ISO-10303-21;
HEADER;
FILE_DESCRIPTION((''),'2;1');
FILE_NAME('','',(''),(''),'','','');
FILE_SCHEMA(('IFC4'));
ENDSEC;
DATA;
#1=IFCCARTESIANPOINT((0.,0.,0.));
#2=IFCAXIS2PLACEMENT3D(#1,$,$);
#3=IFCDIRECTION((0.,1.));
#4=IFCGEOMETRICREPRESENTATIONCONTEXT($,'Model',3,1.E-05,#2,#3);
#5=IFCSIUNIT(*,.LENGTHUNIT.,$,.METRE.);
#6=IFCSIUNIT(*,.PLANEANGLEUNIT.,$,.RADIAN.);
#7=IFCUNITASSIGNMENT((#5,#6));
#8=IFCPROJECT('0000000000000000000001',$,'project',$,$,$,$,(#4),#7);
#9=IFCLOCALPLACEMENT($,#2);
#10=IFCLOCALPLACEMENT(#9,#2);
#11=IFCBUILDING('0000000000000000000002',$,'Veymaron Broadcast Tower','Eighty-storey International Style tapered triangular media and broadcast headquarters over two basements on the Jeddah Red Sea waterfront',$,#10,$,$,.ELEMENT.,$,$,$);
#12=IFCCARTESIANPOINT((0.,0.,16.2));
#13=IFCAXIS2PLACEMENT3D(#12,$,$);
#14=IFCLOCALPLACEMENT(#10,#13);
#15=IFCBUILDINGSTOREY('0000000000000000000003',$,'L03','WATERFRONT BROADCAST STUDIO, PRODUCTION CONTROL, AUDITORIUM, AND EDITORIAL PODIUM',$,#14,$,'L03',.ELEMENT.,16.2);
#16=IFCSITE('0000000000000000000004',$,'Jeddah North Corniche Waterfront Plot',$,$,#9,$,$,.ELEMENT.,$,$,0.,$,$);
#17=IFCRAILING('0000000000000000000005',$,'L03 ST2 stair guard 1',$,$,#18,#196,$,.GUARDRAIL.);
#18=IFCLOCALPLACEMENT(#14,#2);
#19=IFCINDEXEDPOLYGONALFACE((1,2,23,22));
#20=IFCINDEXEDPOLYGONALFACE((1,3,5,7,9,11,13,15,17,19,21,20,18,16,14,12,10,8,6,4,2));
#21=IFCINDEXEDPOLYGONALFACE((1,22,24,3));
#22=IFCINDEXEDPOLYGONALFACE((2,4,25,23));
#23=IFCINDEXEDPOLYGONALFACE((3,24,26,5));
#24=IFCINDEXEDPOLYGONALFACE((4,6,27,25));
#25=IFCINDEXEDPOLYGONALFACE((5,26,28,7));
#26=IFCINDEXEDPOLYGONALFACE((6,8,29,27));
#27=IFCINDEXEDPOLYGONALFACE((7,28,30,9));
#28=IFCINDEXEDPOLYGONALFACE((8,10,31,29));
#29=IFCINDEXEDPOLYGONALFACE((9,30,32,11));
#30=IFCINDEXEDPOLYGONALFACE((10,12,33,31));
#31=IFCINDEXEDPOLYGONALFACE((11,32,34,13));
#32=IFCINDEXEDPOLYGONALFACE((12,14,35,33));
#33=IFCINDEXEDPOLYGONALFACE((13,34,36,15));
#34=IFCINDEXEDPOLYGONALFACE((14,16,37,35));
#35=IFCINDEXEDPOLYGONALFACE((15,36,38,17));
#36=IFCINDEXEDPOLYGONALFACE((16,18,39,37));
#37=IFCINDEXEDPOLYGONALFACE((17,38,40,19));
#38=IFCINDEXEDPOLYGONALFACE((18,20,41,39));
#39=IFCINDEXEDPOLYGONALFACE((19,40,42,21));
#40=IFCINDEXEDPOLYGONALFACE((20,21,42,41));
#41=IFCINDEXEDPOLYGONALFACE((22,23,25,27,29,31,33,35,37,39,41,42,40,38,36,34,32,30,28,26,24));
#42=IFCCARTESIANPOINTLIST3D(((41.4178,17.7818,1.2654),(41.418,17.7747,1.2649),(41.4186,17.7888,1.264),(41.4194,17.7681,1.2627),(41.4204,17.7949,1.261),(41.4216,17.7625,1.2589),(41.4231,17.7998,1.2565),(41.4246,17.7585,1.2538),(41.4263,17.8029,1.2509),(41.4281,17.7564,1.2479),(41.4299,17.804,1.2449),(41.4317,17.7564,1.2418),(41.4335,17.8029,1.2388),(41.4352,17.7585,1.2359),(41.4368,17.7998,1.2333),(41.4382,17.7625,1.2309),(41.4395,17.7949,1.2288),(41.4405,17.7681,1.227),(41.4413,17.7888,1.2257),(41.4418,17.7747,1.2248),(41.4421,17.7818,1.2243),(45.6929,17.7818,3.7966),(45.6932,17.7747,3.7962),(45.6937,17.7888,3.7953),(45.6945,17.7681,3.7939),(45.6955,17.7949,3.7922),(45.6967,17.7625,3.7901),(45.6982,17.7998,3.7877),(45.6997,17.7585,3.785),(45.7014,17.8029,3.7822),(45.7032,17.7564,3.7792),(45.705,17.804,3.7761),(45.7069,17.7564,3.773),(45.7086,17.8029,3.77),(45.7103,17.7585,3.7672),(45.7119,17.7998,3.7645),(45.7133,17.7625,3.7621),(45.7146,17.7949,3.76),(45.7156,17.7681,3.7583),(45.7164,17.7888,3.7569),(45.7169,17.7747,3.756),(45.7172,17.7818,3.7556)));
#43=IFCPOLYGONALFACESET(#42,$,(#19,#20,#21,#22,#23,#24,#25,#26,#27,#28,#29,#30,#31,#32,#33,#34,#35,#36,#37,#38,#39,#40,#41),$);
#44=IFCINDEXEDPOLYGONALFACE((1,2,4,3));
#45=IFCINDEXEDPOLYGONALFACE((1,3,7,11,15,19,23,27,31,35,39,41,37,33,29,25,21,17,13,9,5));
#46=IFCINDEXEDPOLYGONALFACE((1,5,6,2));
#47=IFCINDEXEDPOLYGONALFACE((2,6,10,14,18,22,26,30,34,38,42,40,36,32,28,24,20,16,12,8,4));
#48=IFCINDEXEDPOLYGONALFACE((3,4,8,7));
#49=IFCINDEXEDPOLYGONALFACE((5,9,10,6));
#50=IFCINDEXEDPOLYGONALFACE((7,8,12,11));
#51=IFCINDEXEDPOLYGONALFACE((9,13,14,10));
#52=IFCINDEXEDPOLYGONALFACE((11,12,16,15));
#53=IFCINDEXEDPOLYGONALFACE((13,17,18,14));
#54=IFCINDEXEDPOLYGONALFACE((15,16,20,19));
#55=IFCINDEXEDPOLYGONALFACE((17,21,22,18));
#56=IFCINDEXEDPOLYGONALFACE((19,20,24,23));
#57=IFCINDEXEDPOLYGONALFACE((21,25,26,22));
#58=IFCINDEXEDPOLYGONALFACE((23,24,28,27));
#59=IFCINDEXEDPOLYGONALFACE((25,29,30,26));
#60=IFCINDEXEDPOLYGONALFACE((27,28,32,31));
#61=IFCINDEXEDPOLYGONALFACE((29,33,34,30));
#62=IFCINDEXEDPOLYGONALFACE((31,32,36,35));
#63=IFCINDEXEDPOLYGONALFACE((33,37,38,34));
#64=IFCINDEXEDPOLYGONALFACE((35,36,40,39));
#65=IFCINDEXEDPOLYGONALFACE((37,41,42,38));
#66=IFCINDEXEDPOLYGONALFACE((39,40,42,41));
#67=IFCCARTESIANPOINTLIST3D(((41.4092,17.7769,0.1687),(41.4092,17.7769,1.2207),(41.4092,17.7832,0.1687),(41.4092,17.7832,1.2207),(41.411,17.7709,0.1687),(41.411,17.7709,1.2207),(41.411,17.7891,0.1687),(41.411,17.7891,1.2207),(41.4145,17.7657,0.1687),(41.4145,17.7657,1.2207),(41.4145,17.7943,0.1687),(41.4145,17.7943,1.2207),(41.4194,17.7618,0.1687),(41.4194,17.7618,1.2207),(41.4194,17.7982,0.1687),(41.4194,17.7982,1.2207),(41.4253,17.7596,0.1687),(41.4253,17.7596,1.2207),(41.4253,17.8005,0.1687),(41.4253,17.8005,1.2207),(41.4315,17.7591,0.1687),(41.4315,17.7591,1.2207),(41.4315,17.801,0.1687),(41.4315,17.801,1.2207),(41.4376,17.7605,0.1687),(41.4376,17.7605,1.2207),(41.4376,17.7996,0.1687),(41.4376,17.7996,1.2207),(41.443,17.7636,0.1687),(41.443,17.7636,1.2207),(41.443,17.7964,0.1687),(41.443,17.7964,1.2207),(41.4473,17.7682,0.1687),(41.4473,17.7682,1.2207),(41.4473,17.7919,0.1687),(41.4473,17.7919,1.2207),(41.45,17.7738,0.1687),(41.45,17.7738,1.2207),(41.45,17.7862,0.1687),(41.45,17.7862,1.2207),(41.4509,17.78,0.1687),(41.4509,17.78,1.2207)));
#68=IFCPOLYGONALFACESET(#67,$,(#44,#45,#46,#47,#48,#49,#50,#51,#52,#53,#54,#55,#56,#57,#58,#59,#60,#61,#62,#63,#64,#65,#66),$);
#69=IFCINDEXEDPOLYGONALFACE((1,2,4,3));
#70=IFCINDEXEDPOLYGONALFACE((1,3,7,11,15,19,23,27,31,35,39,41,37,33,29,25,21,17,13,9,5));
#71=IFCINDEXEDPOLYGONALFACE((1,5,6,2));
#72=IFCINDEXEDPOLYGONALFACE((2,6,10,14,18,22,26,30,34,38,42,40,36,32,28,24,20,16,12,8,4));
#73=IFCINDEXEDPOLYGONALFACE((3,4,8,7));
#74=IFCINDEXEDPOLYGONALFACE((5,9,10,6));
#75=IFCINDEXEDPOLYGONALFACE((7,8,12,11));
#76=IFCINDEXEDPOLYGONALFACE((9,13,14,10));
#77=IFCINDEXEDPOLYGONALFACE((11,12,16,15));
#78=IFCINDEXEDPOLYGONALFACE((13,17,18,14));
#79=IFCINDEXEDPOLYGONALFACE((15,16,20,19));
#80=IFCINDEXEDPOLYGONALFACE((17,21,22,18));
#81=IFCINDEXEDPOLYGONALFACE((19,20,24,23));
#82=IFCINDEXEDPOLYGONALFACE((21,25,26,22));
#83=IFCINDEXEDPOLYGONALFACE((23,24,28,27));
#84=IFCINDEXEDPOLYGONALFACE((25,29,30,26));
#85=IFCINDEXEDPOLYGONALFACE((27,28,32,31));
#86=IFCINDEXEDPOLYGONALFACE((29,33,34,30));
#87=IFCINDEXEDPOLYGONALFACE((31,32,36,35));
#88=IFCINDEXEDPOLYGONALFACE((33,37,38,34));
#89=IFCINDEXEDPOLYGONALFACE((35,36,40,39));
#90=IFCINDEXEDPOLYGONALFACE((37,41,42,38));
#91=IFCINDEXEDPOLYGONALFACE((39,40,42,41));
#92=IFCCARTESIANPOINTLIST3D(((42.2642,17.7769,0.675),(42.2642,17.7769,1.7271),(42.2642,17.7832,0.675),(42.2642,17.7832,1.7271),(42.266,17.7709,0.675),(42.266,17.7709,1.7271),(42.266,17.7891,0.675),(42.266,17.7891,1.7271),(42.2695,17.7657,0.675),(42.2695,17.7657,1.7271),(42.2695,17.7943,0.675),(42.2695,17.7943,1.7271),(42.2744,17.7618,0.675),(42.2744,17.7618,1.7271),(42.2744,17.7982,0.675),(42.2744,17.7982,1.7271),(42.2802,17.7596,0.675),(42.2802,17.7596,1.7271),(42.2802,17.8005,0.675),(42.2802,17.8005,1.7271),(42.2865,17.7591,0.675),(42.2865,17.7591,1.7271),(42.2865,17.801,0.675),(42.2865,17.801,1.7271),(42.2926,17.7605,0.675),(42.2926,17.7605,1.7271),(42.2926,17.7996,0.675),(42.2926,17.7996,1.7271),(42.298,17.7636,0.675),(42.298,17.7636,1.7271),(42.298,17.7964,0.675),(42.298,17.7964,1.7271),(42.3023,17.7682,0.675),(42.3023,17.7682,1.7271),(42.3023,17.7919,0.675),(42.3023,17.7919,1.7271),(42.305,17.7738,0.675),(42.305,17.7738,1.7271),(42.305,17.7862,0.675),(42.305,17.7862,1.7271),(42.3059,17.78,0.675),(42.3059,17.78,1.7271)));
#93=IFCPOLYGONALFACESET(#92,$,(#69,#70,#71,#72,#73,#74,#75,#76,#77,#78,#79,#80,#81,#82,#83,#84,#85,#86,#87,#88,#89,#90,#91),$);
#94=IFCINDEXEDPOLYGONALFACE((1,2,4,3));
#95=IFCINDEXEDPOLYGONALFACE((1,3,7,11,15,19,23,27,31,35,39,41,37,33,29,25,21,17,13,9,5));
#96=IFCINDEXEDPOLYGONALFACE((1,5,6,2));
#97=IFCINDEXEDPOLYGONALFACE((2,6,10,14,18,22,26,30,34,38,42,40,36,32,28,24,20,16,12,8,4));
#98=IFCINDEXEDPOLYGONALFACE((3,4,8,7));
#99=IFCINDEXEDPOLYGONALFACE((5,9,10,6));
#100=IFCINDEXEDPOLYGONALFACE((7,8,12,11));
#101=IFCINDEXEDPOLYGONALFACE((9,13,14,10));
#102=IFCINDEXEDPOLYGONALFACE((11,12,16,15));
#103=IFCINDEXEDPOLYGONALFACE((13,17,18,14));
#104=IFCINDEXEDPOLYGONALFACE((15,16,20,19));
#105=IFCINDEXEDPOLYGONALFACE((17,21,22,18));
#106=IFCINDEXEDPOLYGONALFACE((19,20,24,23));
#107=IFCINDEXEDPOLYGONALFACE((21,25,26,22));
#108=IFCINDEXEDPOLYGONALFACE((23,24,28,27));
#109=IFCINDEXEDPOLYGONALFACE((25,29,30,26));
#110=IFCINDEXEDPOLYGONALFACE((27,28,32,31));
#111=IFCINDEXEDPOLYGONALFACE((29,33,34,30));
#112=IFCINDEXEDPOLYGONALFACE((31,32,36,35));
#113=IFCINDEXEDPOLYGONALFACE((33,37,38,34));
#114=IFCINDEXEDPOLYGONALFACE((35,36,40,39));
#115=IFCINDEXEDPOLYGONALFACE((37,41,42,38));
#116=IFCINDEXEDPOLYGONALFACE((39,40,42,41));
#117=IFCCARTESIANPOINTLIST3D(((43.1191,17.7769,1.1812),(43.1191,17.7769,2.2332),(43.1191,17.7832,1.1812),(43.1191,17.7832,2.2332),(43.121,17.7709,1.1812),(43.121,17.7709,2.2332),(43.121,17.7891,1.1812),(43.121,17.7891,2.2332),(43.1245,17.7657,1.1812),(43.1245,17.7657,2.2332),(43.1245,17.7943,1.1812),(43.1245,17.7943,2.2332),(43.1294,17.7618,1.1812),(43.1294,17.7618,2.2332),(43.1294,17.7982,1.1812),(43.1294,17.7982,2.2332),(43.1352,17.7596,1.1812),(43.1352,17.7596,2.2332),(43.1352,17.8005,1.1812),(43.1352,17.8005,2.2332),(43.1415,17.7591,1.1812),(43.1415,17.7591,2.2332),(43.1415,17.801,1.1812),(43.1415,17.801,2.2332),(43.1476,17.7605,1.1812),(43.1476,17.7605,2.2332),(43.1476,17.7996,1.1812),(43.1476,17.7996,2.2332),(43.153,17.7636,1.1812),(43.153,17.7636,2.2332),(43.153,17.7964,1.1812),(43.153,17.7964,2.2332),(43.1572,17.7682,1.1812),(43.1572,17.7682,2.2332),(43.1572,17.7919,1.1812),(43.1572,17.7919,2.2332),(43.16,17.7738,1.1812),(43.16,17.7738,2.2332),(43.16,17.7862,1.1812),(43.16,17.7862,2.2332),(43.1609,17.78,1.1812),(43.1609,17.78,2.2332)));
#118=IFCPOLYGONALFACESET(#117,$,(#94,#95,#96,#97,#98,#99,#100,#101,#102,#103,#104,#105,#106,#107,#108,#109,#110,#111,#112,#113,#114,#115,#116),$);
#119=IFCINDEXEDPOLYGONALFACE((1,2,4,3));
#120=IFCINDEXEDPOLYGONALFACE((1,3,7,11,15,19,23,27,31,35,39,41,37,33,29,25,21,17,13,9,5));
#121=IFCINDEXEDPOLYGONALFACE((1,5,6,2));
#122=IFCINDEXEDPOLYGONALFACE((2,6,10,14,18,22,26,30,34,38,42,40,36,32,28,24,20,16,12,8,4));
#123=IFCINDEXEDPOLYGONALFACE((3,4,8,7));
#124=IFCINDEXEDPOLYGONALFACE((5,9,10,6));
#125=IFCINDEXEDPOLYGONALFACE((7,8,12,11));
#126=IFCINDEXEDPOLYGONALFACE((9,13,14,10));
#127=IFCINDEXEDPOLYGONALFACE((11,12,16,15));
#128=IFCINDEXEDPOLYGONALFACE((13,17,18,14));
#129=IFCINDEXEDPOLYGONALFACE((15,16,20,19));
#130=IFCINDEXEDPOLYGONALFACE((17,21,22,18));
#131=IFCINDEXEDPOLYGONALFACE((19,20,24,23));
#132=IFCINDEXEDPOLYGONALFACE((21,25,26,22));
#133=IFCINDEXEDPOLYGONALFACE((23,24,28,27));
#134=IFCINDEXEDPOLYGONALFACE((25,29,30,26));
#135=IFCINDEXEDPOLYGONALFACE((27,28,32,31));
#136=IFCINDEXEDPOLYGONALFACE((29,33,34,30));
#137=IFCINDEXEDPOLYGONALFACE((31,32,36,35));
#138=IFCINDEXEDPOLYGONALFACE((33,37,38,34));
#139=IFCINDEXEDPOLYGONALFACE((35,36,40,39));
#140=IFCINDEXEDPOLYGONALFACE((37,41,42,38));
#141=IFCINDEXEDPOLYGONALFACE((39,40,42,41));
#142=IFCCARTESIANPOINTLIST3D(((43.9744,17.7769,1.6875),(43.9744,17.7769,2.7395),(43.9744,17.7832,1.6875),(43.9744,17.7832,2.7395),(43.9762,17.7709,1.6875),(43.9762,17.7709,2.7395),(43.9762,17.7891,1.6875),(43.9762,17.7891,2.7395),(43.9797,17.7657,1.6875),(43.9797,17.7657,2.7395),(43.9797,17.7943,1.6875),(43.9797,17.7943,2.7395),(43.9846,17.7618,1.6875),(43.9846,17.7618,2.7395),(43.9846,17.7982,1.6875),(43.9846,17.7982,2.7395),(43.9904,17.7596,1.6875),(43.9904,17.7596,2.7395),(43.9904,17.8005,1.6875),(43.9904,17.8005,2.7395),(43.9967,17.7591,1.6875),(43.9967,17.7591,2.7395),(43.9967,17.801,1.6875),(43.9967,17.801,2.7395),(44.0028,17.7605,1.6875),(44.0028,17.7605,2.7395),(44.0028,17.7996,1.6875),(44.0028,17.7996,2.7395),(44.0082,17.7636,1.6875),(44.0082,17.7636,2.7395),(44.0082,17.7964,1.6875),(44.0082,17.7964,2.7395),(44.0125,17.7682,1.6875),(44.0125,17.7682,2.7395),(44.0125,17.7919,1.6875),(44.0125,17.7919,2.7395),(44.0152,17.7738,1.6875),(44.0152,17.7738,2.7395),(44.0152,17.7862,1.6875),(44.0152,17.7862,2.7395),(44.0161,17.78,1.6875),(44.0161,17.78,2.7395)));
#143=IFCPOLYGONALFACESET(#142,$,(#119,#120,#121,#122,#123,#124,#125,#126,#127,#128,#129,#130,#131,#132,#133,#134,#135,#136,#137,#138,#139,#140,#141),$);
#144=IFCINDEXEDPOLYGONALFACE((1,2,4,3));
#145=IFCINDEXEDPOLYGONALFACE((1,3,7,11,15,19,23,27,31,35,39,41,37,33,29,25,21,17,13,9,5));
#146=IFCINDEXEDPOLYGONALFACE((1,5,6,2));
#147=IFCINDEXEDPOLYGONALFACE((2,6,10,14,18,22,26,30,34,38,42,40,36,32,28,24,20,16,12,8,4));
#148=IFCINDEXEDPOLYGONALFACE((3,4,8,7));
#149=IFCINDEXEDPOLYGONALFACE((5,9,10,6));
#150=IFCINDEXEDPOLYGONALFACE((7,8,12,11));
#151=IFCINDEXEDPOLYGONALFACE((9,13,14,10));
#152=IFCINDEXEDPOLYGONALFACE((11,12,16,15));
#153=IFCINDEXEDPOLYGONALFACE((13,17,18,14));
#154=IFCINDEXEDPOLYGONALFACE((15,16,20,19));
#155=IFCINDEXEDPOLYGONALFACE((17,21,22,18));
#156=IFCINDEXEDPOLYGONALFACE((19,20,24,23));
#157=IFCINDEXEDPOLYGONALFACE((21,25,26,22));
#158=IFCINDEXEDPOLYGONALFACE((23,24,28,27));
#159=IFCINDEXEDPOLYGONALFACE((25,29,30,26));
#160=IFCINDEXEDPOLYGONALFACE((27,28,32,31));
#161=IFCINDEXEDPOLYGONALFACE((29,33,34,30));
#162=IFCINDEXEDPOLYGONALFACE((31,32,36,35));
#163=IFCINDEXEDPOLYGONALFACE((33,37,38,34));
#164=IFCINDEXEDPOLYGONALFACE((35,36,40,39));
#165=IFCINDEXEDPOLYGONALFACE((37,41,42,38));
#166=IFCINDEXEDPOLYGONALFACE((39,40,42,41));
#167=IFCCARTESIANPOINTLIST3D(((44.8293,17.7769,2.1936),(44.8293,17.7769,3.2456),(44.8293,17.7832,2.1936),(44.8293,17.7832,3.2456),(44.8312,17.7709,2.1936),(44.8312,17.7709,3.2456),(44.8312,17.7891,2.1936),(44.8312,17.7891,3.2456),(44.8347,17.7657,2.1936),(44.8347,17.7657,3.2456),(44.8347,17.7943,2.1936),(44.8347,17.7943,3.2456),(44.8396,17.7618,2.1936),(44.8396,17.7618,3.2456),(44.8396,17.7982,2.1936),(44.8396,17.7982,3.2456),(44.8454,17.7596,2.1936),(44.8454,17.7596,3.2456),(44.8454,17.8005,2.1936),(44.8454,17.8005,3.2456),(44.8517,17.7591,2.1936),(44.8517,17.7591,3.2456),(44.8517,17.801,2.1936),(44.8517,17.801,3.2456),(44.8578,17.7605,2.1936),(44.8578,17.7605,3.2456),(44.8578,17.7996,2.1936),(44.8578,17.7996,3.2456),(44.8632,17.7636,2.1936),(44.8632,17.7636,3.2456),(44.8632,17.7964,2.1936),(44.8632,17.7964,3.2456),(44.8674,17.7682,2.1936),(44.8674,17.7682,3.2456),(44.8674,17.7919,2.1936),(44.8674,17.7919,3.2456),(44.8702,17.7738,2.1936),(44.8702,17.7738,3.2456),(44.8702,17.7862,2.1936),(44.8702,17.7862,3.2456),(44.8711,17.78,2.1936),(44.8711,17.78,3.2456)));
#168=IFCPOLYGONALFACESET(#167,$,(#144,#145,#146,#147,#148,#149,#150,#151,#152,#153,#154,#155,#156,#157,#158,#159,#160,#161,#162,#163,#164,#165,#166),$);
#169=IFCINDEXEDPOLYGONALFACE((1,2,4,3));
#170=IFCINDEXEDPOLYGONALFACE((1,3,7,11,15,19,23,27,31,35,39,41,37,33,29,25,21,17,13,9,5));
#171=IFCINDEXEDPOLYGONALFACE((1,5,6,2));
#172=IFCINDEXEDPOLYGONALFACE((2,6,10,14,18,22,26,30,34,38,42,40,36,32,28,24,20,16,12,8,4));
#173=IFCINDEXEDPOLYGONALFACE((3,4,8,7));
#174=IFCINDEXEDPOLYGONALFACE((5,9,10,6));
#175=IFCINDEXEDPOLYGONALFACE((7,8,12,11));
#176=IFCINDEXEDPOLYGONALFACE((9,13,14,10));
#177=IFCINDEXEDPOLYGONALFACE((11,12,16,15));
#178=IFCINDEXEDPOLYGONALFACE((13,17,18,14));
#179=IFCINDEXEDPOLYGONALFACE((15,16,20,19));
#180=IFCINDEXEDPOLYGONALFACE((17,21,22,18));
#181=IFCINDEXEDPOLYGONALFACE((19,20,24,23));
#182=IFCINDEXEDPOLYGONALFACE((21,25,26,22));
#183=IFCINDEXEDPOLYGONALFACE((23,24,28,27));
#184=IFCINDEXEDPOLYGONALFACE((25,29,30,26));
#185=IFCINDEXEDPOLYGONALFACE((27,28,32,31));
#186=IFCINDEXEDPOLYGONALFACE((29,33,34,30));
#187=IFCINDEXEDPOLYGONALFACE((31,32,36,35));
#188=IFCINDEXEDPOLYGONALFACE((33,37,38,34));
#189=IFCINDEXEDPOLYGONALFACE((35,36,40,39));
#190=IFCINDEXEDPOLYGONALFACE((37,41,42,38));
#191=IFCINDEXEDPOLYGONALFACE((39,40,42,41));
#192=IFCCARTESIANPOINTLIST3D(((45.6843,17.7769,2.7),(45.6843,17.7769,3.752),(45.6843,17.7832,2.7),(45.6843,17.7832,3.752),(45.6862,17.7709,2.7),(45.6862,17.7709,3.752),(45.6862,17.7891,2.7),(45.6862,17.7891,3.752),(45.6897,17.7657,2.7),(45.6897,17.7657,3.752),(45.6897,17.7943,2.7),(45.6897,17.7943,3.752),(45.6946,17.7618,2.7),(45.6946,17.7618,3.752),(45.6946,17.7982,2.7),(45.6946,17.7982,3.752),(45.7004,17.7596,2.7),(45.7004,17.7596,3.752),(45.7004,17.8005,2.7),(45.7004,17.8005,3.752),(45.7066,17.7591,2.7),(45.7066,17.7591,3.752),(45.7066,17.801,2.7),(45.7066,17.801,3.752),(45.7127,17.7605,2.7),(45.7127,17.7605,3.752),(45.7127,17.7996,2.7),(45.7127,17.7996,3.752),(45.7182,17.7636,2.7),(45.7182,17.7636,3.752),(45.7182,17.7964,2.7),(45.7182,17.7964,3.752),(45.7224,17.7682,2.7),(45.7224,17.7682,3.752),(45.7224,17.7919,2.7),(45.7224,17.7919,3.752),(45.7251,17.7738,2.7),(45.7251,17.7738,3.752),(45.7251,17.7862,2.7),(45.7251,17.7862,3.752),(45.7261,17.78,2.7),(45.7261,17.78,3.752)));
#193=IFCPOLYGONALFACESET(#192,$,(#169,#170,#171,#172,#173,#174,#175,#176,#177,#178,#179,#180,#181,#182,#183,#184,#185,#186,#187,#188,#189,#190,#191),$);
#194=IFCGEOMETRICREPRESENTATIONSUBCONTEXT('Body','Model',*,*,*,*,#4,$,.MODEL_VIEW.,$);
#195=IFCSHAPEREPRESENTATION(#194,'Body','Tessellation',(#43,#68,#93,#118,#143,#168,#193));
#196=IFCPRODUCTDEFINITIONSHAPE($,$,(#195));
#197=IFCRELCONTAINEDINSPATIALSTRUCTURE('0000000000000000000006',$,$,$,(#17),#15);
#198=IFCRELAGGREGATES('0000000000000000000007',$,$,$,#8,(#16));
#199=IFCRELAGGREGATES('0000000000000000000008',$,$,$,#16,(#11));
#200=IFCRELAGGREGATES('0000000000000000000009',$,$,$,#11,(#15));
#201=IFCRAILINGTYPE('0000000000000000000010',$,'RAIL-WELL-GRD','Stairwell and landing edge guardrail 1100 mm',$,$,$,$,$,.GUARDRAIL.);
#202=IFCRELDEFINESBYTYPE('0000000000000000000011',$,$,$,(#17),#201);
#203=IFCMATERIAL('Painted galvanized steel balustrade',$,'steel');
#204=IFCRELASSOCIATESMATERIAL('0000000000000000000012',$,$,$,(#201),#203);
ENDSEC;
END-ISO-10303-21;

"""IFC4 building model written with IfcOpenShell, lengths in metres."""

from ifc_helpers import new_model, si_unit, direction, frame, origin, origin_2d, place, context, subcontext, project, spatial, circle, extrude, material, type_object, element, save


model = new_model("IFC4")

# Units and contexts
model_context = context("Model", 3, precision=1e-05, world=origin(), true_north=direction((0.0, 1.0)))
body_context = subcontext(model_context, "Body", "Model", "MODEL_VIEW")
ifc_project = project(units=[si_unit("LENGTHUNIT", "METRE"), si_unit("PLANEANGLEUNIT", "RADIAN")], contexts=[model_context])

# Site, building, storey
site_placement = place(None, origin())
site = spatial("IfcSite", under=ifc_project, at=site_placement, Name="Jeddah North Corniche Waterfront Plot", CompositionType="ELEMENT", RefElevation=0.0)
building_placement = place(site_placement, origin())
building = spatial("IfcBuilding", under=site, at=building_placement, Name="Veymaron Broadcast Tower", Description="Eighty-storey International Style tapered triangular media and broadcast headquarters over two basements on the Jeddah Red Sea waterfront", CompositionType="ELEMENT")
storey_placement = place(building_placement, frame((0.0, 0.0, 16.2)))
storey = spatial("IfcBuildingStorey", under=building, at=storey_placement, Name="L03", Description="WATERFRONT BROADCAST STUDIO, PRODUCTION CONTROL, AUDITORIUM, AND EDITORIAL PODIUM", LongName="L03", CompositionType="ELEMENT", Elevation=16.2)

# Railing
ifc_material_1 = material(Name="Painted galvanized steel balustrade", Category="steel")
railing_type_1 = type_object("IfcRailingType", Name="RAIL-WELL-GRD", Description="Stairwell and landing edge guardrail 1100 mm", PredefinedType="GUARDRAIL", material=ifc_material_1)
railing_1_placement = place(storey_placement, frame((41.4299, 17.78, 0.1687)))
element("IfcRailing", 1, at=railing_1_placement, inside=storey, type_object=railing_type_1, Name="L03 ST2 stair guard 1", PredefinedType="GUARDRAIL", context=body_context, shape_type="SweptSolid", body=[
    extrude(circle(Radius=0.0239, at=origin_2d()), frame((0.0, 0.0, 1.0762), z_axis=(0.860483, 0.0, 0.509479), x_axis=(0.0, 1.0, 0.0)), (0.0, 0.0, 1.0), 4.9683),
    extrude(circle(Radius=0.021, at=origin_2d()), origin(), (0.0, 0.0, 1.0), 1.052),
    extrude(circle(Radius=0.021, at=origin_2d()), frame((0.855, 0.0, 0.5063)), (0.0, 0.0, 1.0), 1.052),
    extrude(circle(Radius=0.021, at=origin_2d()), frame((1.71, 0.0, 1.0125)), (0.0, 0.0, 1.0), 1.052),
    extrude(circle(Radius=0.021, at=origin_2d()), frame((2.5652, 0.0, 1.5188)), (0.0, 0.0, 1.0), 1.052),
    extrude(circle(Radius=0.021, at=origin_2d()), frame((3.4202, 0.0, 2.0249)), (0.0, 0.0, 1.0), 1.052),
    extrude(circle(Radius=0.021, at=origin_2d()), frame((4.2751, 0.0, 2.5312)), (0.0, 0.0, 1.0), 1.052),
])

save(model, "model.ifc")
